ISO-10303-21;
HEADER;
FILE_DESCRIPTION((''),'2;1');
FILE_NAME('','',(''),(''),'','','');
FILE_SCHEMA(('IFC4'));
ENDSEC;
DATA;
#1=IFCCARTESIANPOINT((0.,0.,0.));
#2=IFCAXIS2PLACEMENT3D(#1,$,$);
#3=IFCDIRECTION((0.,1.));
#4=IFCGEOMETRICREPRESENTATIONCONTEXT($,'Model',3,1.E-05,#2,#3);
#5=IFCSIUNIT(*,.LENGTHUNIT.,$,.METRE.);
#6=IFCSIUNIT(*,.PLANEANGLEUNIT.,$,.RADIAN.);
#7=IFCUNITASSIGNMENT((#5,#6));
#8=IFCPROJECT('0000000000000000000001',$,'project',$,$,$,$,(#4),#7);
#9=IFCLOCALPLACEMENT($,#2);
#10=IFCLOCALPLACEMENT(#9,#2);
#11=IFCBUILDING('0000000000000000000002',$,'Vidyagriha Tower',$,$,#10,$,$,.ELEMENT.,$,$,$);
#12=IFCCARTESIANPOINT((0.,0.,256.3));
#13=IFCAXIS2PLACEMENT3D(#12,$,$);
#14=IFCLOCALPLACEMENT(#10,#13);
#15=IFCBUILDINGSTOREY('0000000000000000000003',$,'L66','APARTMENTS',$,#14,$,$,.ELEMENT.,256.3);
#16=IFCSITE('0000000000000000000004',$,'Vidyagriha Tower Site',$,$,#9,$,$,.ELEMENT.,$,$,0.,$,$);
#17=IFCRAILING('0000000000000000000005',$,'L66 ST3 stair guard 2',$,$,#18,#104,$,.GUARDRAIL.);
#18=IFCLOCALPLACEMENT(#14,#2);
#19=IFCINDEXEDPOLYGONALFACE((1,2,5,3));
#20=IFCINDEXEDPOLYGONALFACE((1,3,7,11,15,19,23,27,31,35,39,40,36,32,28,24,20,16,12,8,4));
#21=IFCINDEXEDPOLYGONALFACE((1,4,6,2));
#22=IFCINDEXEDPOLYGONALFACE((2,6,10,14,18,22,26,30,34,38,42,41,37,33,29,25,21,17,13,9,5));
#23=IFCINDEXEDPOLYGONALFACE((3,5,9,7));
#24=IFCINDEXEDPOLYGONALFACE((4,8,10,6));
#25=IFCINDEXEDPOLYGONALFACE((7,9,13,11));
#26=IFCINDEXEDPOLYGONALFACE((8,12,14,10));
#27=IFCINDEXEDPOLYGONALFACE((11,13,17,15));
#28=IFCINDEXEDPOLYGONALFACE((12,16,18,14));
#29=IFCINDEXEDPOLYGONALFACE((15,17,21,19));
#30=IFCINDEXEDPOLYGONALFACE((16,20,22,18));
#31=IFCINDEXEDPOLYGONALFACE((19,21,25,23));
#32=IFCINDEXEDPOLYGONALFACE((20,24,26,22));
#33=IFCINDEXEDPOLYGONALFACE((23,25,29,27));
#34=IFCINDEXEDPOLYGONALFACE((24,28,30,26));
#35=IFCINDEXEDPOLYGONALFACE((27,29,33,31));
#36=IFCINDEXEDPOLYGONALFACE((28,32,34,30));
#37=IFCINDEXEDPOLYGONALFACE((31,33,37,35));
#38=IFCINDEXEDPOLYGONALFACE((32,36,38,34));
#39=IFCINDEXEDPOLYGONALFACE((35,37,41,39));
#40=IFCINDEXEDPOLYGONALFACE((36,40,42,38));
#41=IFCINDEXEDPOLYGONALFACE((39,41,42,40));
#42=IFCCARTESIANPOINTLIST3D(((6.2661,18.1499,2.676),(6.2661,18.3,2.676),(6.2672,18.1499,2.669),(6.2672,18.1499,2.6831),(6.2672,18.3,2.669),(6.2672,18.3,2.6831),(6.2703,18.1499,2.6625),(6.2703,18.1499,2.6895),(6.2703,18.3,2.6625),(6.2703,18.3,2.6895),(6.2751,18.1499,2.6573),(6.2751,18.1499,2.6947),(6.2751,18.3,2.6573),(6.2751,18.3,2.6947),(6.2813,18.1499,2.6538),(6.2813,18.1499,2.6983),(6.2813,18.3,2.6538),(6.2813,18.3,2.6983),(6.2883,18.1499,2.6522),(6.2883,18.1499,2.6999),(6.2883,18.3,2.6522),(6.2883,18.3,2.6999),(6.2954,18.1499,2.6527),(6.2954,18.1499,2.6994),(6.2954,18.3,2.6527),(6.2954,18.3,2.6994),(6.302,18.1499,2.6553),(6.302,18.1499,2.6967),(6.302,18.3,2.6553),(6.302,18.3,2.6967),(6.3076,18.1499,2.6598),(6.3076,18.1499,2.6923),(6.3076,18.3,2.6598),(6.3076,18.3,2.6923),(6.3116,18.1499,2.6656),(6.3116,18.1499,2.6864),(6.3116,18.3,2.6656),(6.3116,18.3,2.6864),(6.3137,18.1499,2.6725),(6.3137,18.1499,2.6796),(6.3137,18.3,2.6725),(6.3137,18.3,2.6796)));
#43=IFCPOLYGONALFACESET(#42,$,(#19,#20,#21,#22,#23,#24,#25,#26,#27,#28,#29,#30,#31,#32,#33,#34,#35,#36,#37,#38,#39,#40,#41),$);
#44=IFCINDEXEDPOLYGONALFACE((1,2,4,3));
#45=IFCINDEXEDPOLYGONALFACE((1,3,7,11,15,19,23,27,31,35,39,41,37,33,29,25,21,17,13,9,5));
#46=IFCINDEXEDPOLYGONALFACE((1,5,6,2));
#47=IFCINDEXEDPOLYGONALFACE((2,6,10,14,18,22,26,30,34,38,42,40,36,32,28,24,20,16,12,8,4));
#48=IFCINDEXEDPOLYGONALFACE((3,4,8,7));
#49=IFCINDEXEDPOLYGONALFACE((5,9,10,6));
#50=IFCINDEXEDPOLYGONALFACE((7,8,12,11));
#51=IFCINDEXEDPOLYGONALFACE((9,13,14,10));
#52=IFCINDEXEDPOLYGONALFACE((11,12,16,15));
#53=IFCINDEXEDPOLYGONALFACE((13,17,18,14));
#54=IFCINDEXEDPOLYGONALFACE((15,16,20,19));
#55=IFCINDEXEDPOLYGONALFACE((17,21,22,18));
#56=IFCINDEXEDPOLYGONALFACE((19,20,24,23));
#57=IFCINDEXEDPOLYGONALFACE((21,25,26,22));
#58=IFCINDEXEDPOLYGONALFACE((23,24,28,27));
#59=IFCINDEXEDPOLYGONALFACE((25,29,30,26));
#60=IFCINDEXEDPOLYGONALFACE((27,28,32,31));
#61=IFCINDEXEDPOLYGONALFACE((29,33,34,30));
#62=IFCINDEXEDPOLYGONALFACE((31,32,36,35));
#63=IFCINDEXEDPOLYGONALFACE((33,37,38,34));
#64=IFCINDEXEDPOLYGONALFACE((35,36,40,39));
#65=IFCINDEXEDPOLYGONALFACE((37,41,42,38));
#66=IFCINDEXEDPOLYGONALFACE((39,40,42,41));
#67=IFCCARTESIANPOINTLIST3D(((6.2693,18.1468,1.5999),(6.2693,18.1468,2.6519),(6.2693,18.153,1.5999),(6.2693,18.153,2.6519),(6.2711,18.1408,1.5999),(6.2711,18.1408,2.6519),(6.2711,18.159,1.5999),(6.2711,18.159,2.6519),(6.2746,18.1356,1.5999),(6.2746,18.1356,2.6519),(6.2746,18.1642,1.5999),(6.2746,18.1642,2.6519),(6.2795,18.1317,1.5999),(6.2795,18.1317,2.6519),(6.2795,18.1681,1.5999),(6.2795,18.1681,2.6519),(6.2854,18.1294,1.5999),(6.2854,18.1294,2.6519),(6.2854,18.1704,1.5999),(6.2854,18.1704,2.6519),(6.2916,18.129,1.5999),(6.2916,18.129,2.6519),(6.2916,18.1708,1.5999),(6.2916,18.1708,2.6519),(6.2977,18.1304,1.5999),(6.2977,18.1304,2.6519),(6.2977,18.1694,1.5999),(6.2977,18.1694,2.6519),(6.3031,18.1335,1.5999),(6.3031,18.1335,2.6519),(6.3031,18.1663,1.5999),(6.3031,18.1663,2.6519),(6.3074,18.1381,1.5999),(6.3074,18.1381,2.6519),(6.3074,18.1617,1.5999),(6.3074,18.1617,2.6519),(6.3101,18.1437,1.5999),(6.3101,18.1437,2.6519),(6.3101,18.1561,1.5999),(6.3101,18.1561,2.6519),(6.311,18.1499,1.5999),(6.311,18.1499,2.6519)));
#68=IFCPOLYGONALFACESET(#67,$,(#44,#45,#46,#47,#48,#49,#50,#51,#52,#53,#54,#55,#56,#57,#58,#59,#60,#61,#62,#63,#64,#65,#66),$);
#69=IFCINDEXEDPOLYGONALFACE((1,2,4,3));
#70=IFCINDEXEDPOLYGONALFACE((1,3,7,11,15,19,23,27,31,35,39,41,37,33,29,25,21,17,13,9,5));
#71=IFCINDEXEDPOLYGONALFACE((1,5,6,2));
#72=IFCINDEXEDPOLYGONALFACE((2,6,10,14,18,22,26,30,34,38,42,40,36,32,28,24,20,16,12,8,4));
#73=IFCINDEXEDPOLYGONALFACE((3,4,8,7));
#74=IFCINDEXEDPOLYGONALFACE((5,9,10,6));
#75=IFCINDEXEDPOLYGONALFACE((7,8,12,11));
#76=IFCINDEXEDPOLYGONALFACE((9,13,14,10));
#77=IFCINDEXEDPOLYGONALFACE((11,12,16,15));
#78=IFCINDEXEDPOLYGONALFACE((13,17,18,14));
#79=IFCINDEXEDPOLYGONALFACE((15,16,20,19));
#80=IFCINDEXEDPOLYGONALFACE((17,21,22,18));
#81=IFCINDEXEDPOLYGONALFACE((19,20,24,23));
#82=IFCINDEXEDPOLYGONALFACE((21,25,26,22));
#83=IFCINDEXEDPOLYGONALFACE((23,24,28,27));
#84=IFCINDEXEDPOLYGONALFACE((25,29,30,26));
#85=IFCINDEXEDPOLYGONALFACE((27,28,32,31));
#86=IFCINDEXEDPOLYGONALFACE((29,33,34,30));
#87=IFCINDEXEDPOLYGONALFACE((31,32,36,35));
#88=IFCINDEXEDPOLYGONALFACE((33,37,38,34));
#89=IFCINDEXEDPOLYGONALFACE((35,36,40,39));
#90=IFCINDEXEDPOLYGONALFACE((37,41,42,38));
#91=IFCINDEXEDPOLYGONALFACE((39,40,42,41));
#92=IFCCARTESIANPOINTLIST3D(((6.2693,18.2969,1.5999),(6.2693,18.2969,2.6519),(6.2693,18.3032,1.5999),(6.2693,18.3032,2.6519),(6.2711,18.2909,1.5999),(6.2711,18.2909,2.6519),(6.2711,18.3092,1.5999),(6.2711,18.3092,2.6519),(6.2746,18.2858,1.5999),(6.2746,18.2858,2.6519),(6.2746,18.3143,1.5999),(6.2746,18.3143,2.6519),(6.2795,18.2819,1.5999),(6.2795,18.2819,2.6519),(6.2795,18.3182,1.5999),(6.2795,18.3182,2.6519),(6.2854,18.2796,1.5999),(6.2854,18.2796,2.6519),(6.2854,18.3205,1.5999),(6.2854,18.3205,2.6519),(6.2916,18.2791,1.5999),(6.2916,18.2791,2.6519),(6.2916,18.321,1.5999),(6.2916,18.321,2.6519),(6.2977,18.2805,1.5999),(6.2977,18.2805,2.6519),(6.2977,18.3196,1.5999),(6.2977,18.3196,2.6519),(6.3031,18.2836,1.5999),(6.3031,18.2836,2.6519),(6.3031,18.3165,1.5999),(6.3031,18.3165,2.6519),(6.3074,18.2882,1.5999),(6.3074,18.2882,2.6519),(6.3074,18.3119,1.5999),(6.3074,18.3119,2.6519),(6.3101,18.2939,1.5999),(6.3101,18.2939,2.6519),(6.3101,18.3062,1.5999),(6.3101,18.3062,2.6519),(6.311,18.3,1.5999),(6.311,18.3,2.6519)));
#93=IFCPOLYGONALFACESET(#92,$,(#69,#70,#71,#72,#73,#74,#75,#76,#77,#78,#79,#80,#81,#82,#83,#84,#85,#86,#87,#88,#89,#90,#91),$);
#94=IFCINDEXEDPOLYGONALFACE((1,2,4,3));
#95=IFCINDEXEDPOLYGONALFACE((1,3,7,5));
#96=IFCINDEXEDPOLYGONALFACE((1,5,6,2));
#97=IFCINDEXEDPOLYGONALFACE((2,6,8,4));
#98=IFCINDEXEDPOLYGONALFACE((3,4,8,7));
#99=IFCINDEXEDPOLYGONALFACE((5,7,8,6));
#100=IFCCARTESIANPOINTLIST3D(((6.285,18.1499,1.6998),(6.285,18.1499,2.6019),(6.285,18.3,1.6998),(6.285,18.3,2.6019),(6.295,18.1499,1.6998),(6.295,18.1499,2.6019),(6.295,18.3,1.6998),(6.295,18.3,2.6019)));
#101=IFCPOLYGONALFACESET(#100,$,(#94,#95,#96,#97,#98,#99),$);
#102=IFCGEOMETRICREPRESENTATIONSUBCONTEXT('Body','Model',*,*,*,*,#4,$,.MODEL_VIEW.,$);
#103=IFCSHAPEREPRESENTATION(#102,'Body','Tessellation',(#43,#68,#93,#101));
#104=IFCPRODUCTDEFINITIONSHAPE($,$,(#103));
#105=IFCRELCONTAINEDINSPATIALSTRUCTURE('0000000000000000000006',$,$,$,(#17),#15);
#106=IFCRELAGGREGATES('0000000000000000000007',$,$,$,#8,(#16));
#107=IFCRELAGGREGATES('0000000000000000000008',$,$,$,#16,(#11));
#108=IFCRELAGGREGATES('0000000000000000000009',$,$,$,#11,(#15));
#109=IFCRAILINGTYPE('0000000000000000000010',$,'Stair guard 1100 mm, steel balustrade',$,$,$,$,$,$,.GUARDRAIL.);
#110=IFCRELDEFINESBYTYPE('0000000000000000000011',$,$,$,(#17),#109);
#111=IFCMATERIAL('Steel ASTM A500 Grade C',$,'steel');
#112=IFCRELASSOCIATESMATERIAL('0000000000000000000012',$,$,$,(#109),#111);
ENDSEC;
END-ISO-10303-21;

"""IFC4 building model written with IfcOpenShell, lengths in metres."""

from ifc_helpers import new_model, si_unit, direction, frame, origin, origin_2d, place, context, subcontext, project, spatial, rectangle, circle, extrude, material, type_object, element, save


model = new_model("IFC4")

# Units and contexts
model_context = context("Model", 3, precision=1e-05, world=origin(), true_north=direction((0.0, 1.0)))
body_context = subcontext(model_context, "Body", "Model", "MODEL_VIEW")
ifc_project = project(units=[si_unit("LENGTHUNIT", "METRE"), si_unit("PLANEANGLEUNIT", "RADIAN")], contexts=[model_context])

# Site, building, storey
site_placement = place(None, origin())
site = spatial("IfcSite", under=ifc_project, at=site_placement, Name="Vidyagriha Tower Site", CompositionType="ELEMENT", RefElevation=0.0)
building_placement = place(site_placement, origin())
building = spatial("IfcBuilding", under=site, at=building_placement, Name="Vidyagriha Tower", CompositionType="ELEMENT")
storey_placement = place(building_placement, frame((0.0, 0.0, 256.3)))
storey = spatial("IfcBuildingStorey", under=building, at=storey_placement, Name="L66", Description="APARTMENTS", CompositionType="ELEMENT", Elevation=256.3)

# Railing
ifc_material_1 = material(Name="Steel ASTM A500 Grade C", Category="steel")
railing_type_1 = type_object("IfcRailingType", Name="Stair guard 1100 mm, steel balustrade", PredefinedType="GUARDRAIL", material=ifc_material_1)
railing_1_placement = place(storey_placement, frame((6.29, 18.1499, 1.5999)))
element("IfcRailing", 1, at=railing_1_placement, inside=storey, type_object=railing_type_1, Name="L66 ST3 stair guard 2", PredefinedType="GUARDRAIL", context=body_context, shape_type="SweptSolid", body=[
    extrude(circle(Radius=0.0239, at=origin_2d()), frame((0.0, 0.0, 1.0762), z_axis=(0.0, 1.0, 0.0), x_axis=(-1.0, 0.0, 0.0)), (0.0, 0.0, 1.0), 0.1501),
    extrude(circle(Radius=0.021, at=origin_2d()), origin(), (0.0, 0.0, 1.0), 1.052),
    extrude(circle(Radius=0.021, at=origin_2d()), frame((0.0, 0.1501, 0.0)), (0.0, 0.0, 1.0), 1.052),
    extrude(rectangle(XDim=0.01, YDim=0.9021, at=origin_2d()), frame((0.0, 0.0, 0.551), z_axis=(0.0, 1.0, 0.0), x_axis=(-1.0, 0.0, 0.0)), (0.0, 0.0, 1.0), 0.1501),
])

save(model, "model.ifc")
